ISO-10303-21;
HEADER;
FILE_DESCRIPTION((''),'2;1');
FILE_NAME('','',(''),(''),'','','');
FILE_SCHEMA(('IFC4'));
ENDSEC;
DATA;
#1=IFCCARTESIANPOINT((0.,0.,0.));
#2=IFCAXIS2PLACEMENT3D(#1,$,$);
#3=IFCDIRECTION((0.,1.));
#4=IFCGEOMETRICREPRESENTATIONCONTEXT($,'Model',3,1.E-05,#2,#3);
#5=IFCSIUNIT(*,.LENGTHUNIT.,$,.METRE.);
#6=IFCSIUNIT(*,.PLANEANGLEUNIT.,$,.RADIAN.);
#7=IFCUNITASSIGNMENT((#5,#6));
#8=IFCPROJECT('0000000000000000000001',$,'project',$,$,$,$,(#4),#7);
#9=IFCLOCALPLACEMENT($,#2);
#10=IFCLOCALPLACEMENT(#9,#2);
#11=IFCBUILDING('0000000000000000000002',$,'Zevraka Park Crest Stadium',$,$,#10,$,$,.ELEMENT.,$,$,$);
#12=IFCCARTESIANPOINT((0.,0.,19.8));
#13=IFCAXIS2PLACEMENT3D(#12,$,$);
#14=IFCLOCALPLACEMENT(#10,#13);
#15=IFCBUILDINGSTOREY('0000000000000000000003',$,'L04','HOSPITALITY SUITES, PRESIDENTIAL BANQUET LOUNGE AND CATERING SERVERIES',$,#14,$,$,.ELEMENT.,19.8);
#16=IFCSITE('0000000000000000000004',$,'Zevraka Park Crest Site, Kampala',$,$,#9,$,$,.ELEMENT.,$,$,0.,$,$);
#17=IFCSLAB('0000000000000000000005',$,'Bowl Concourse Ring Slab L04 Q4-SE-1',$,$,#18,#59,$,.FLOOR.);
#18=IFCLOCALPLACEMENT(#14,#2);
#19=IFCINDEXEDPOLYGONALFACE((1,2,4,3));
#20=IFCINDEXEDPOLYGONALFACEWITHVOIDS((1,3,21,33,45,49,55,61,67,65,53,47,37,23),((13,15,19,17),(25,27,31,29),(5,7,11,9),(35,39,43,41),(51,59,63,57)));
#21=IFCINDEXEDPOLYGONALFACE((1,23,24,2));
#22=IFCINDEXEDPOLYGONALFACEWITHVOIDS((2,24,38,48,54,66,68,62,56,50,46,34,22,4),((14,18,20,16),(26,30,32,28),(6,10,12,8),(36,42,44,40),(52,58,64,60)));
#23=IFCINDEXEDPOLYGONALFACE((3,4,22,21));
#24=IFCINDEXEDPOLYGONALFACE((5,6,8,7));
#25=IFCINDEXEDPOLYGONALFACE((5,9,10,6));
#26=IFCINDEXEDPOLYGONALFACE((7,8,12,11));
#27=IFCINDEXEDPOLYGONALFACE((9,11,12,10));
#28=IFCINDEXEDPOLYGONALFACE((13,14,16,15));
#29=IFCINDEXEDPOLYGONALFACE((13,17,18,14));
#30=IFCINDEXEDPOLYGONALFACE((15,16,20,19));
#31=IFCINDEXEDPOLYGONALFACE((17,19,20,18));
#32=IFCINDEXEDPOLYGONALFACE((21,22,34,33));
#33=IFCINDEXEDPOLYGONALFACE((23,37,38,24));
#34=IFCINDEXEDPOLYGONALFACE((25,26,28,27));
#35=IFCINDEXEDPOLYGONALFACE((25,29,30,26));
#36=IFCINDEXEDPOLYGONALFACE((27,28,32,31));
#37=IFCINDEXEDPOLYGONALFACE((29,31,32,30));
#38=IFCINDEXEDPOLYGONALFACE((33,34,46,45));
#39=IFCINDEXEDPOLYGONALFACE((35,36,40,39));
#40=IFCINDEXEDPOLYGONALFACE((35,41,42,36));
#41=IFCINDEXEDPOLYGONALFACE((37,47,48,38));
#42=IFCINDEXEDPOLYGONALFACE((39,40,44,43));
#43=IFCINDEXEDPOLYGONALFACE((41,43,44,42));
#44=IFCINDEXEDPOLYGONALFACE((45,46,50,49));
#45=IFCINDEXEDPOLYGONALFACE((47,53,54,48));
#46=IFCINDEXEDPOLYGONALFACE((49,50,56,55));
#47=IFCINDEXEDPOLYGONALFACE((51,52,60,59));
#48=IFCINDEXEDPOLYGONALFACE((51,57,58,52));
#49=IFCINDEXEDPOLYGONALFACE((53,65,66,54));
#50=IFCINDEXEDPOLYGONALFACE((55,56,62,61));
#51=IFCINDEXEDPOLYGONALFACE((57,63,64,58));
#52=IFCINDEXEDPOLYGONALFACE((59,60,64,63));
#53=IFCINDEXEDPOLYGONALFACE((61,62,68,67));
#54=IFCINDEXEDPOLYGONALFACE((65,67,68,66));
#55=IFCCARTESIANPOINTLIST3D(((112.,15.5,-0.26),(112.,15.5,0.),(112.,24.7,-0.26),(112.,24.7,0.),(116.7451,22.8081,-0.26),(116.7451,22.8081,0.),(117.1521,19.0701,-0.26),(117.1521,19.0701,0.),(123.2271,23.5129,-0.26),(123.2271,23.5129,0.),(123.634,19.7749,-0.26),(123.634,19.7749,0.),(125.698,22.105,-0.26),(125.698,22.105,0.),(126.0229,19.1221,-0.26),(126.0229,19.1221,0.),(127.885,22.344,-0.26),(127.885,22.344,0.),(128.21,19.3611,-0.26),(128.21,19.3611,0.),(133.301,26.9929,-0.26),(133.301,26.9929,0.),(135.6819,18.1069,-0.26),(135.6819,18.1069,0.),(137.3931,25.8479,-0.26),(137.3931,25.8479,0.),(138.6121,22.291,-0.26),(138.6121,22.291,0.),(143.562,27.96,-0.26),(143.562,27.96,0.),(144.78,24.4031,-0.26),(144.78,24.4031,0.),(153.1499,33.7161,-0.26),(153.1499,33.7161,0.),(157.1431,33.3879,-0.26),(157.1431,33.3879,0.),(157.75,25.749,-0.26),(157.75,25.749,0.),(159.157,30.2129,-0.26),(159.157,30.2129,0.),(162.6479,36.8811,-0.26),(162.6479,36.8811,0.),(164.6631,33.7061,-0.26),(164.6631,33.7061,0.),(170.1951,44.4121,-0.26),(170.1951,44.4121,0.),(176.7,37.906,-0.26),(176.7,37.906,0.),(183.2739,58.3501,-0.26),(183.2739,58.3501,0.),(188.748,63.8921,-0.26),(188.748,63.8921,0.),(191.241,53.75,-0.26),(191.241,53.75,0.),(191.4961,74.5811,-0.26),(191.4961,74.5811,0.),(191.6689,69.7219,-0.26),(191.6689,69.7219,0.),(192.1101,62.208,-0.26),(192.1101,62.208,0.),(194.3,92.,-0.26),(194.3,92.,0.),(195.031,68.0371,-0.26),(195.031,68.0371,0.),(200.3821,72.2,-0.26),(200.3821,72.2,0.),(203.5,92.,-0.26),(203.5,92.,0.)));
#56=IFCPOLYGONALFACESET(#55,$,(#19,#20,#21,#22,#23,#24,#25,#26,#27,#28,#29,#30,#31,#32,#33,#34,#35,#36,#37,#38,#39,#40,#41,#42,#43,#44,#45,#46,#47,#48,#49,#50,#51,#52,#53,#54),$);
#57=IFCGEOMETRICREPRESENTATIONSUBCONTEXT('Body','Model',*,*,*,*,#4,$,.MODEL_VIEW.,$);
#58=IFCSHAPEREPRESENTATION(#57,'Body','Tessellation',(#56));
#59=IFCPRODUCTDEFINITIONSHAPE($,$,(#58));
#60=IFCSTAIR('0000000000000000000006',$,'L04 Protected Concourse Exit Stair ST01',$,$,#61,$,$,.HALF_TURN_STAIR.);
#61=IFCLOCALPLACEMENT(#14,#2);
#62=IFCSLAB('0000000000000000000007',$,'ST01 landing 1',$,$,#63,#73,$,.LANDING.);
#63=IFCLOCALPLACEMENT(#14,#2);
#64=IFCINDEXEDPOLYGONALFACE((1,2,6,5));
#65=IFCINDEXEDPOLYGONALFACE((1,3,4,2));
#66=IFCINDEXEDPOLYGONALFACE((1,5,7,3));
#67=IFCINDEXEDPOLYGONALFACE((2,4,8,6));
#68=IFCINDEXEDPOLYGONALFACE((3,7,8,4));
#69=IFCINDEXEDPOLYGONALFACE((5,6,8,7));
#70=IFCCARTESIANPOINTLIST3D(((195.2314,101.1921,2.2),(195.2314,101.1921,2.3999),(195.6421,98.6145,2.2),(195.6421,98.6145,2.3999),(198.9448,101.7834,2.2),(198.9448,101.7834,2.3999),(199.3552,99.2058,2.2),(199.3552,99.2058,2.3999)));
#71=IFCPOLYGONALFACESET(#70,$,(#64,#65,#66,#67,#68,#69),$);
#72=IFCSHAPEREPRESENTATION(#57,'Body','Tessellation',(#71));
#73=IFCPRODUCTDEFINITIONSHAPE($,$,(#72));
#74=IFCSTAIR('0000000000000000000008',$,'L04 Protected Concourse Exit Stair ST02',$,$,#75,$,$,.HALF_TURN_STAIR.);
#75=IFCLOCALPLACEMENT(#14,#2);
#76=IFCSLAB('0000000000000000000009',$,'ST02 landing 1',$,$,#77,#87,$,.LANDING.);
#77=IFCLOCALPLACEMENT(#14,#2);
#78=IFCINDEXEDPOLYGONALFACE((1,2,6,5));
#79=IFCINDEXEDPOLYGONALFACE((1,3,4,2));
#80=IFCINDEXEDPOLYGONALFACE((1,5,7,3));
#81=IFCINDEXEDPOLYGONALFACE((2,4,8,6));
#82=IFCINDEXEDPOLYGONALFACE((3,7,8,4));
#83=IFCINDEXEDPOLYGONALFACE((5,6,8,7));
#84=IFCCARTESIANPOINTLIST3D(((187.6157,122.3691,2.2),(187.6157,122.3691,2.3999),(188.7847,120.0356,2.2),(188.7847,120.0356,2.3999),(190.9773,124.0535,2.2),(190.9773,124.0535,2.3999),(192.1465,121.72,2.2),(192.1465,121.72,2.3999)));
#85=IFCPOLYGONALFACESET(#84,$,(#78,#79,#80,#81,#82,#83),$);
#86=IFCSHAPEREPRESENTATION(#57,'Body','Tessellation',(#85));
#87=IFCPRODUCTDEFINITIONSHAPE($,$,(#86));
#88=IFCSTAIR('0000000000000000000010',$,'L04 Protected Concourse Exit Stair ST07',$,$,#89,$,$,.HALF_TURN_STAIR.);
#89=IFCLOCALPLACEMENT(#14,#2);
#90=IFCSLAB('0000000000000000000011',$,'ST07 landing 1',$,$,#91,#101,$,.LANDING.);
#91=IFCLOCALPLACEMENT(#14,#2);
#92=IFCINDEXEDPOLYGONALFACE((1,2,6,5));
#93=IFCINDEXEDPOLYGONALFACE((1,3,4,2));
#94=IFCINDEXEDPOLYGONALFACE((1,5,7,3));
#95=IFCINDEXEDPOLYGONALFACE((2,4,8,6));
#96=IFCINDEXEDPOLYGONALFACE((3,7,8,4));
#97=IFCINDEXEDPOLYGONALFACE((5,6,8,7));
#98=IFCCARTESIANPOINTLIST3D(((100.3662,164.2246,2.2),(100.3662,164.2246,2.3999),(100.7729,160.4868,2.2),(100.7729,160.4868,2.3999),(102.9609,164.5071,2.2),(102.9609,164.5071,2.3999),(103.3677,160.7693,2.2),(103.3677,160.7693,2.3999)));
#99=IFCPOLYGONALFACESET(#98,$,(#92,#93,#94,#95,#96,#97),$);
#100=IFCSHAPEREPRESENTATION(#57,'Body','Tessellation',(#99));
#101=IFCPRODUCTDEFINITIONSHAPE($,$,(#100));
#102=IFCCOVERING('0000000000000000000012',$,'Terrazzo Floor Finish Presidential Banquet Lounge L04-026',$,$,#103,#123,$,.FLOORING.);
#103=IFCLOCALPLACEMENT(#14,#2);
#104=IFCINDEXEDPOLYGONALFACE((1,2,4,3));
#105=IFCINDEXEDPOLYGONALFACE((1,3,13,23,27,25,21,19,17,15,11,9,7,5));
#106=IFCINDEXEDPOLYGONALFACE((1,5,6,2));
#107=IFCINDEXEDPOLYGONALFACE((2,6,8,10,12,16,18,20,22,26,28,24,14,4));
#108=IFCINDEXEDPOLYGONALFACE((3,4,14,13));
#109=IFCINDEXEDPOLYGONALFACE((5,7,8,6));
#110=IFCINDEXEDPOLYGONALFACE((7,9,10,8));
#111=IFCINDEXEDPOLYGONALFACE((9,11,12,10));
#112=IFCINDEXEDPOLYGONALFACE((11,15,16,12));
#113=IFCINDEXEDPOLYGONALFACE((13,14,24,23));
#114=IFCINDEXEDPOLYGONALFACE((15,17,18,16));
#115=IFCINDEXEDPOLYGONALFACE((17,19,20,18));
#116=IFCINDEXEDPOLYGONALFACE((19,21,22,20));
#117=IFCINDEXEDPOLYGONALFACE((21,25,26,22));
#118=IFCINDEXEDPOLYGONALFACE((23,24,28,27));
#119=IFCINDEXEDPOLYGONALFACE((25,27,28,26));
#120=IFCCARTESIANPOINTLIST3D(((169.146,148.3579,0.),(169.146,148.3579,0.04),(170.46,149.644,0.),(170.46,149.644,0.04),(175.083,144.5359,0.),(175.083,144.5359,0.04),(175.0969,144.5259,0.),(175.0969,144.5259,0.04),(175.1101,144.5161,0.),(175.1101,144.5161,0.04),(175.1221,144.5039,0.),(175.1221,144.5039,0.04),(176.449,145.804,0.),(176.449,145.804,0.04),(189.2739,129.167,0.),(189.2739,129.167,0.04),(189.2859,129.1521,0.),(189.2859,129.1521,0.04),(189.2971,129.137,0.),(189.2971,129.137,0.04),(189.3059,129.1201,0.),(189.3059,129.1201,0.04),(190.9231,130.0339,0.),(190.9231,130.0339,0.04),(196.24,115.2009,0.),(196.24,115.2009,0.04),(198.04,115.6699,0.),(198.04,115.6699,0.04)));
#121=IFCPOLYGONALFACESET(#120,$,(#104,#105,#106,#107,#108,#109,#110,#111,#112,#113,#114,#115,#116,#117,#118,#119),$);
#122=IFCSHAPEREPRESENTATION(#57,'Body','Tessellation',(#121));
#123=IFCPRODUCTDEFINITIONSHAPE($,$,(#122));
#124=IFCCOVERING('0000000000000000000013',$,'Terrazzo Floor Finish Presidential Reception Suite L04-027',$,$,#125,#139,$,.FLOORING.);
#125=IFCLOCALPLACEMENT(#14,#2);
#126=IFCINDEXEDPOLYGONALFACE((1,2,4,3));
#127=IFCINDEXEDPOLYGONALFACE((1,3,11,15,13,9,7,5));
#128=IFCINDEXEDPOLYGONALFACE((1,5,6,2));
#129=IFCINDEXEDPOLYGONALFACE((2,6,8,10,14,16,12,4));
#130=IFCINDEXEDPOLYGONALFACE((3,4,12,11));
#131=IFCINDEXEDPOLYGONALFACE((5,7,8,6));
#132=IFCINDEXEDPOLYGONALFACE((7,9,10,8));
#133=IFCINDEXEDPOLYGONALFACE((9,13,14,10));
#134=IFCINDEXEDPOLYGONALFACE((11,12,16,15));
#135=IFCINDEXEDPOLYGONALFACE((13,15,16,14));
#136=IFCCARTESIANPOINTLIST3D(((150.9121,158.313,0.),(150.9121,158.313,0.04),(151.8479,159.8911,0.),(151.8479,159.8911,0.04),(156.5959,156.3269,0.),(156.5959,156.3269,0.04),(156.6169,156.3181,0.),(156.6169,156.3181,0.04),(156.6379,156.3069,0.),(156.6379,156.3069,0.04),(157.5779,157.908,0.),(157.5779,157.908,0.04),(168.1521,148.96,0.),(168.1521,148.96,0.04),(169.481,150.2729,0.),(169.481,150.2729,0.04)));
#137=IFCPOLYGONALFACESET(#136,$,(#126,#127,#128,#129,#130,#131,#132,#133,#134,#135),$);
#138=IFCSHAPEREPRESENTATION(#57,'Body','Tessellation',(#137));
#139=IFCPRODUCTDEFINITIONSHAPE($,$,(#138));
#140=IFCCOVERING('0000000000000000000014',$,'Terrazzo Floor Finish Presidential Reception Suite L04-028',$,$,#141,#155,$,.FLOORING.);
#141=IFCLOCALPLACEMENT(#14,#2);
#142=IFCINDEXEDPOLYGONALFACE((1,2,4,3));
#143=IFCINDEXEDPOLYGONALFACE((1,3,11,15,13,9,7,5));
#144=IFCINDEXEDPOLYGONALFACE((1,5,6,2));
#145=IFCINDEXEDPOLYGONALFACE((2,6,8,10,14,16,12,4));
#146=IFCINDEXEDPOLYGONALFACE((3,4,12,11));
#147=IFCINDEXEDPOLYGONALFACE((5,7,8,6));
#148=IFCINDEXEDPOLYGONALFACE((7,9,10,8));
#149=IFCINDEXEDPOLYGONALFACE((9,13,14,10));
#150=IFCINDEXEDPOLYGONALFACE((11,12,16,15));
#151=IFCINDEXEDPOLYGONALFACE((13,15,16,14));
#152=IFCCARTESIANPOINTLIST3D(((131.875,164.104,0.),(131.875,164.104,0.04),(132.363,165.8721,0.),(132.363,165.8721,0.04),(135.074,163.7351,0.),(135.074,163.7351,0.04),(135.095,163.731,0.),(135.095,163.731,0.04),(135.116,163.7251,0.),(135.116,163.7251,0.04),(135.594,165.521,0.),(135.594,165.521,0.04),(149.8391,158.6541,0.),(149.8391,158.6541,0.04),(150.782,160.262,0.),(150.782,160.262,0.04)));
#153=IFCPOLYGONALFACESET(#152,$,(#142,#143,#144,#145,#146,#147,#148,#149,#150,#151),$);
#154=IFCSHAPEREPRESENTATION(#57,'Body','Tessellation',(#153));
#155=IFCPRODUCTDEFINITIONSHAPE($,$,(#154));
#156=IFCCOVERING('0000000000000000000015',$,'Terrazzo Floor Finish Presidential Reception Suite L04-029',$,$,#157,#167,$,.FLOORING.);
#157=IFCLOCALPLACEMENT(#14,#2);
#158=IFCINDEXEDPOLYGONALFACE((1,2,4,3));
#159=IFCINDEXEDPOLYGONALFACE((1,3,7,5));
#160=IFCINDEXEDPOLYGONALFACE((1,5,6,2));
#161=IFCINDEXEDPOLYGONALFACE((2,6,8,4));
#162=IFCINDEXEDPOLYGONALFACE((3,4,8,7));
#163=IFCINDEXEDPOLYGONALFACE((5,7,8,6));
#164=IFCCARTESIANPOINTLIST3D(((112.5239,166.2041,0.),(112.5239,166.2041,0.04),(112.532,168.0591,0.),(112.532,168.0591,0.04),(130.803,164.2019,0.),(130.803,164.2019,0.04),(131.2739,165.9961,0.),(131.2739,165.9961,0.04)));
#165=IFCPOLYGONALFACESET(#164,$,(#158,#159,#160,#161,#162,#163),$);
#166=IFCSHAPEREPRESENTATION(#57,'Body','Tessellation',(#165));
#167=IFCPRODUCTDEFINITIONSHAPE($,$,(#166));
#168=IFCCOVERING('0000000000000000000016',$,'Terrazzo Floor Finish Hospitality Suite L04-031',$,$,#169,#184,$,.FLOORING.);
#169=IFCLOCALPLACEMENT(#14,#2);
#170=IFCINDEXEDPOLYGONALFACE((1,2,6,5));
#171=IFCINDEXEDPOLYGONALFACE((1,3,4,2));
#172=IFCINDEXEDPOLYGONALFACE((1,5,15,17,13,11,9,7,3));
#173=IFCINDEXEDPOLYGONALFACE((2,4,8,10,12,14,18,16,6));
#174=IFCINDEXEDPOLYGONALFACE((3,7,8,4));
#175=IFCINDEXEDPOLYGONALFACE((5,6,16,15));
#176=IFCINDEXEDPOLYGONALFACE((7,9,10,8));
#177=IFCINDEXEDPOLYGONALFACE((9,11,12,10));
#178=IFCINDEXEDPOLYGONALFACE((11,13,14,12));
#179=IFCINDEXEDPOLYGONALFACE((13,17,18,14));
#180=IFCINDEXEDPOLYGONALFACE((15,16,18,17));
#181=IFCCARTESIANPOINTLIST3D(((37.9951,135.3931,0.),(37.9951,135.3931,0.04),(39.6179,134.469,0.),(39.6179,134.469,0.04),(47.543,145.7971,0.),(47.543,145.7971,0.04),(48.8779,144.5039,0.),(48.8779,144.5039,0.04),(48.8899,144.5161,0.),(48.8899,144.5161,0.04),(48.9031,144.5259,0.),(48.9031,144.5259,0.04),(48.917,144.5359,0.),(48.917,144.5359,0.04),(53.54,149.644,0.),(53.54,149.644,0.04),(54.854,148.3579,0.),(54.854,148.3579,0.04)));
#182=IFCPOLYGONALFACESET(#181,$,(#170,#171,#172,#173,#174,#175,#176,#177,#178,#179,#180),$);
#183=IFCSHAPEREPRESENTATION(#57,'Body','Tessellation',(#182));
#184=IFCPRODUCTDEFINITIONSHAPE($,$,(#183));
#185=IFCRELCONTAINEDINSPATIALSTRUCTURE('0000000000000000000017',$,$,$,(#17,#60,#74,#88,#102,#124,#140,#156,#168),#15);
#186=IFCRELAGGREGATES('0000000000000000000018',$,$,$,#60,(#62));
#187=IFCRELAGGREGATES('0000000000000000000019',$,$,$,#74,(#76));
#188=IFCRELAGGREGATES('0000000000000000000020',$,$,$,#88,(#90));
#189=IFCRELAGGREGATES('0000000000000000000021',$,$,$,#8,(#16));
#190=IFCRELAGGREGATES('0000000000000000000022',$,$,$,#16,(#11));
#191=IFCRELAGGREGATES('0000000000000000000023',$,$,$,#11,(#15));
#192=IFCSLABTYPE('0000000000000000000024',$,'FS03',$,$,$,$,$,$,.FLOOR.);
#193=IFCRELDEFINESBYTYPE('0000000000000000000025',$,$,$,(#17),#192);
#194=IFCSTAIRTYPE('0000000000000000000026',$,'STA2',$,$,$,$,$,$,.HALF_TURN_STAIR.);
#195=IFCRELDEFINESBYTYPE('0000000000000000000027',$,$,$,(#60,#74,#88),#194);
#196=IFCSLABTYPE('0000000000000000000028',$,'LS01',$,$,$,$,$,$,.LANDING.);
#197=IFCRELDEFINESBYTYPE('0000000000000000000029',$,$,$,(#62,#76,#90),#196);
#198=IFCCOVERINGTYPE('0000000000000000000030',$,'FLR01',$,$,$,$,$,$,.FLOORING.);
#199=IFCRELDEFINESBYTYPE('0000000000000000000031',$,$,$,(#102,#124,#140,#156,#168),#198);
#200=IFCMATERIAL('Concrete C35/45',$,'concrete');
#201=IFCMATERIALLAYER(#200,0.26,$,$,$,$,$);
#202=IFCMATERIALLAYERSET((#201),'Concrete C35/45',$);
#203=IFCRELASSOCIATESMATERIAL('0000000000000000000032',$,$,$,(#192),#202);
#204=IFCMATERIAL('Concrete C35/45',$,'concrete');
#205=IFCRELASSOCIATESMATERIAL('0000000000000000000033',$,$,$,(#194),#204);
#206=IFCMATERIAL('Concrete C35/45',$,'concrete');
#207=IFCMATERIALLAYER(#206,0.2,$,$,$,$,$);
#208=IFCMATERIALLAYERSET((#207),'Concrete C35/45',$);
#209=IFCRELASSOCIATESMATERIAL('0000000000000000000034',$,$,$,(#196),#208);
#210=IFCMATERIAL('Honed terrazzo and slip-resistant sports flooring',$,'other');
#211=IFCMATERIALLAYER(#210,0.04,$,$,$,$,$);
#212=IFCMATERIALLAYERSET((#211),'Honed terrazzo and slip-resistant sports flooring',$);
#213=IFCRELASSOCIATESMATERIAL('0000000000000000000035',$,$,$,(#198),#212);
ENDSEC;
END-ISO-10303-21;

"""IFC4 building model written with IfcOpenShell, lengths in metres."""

from ifc_helpers import new_model, si_unit, direction, frame, origin, place, context, subcontext, project, spatial, polyline, outline, extrude, material, layer, layer_set, type_object, element, aggregate, save


model = new_model("IFC4")

# Units and contexts
model_context = context("Model", 3, precision=1e-05, world=origin(), true_north=direction((0.0, 1.0)))
body_context = subcontext(model_context, "Body", "Model", "MODEL_VIEW")
ifc_project = project(units=[si_unit("LENGTHUNIT", "METRE"), si_unit("PLANEANGLEUNIT", "RADIAN")], contexts=[model_context])

# Site, building, storey
site_placement = place(None, origin())
site = spatial("IfcSite", under=ifc_project, at=site_placement, Name="Zevraka Park Crest Site, Kampala", CompositionType="ELEMENT", RefElevation=0.0)
building_placement = place(site_placement, origin())
building = spatial("IfcBuilding", under=site, at=building_placement, Name="Zevraka Park Crest Stadium", CompositionType="ELEMENT")
storey_placement = place(building_placement, frame((0.0, 0.0, 19.8)))
storey = spatial("IfcBuildingStorey", under=building, at=storey_placement, Name="L04", Description="HOSPITALITY SUITES, PRESIDENTIAL BANQUET LOUNGE AND CATERING SERVERIES", CompositionType="ELEMENT", Elevation=19.8)

# Slab
ifc_material_1 = material(Name="Concrete C35/45", Category="concrete")
ifc_layer_1 = layer(ifc_material_1, 0.26)
ifc_layer_set_1 = layer_set([ifc_layer_1], Name="Concrete C35/45")
slab_type_1 = type_object("IfcSlabType", Name="FS03", PredefinedType="FLOOR", material=ifc_layer_set_1)
slab_1_placement = place(storey_placement, frame((0.0, 0.0, -0.26)))
element("IfcSlab", 1, at=slab_1_placement, inside=storey, type_object=slab_type_1, Name="Bowl Concourse Ring Slab L04 Q4-SE-1", PredefinedType="FLOOR", context=body_context, shape_type="SweptSolid", body=[
    extrude(outline(polyline([(133.301, 26.9929), (153.1499, 33.7161), (170.1951, 44.4121), (183.2739, 58.3501), (191.4961, 74.5811), (194.3, 92.0), (203.5, 92.0), (200.3821, 72.2), (191.241, 53.75), (176.7, 37.906), (157.75, 25.749), (135.6819, 18.1069), (112.0, 15.5), (112.0, 24.7), (133.301, 26.9929)]), holes=[polyline([(125.698, 22.105), (126.0229, 19.1221), (128.21, 19.3611), (127.885, 22.344), (125.698, 22.105)]), polyline([(116.7451, 22.8081), (117.1521, 19.0701), (123.634, 19.7749), (123.2271, 23.5129), (116.7451, 22.8081)]), polyline([(137.3931, 25.8479), (138.6121, 22.291), (144.78, 24.4031), (143.562, 27.96), (137.3931, 25.8479)]), polyline([(162.6479, 36.8811), (157.1431, 33.3879), (159.157, 30.2129), (164.6631, 33.7061), (162.6479, 36.8811)]), polyline([(191.6689, 69.7219), (188.748, 63.8921), (192.1101, 62.208), (195.031, 68.0371), (191.6689, 69.7219)])]), origin(), (0.0, 0.0, 1.0), 0.26),
])

# Stairs, slabs
ifc_material_2 = material(Name="Concrete C35/45", Category="concrete")
stair_type = type_object("IfcStairType", Name="STA2", PredefinedType="HALF_TURN_STAIR", material=ifc_material_2)
stair_1_placement = place(storey_placement, origin())
stair_1 = element("IfcStair", 2, at=stair_1_placement, inside=storey, type_object=stair_type, Name="L04 Protected Concourse Exit Stair ST01", PredefinedType="HALF_TURN_STAIR")
ifc_material_3 = material(Name="Concrete C35/45", Category="concrete")
ifc_layer_2 = layer(ifc_material_3, 0.2)
ifc_layer_set_2 = layer_set([ifc_layer_2], Name="Concrete C35/45")
slab_type_2 = type_object("IfcSlabType", Name="LS01", PredefinedType="LANDING", material=ifc_layer_set_2)
slab_2_placement = place(storey_placement, frame((0.0, 0.0, 2.2)))
slab_2 = element("IfcSlab", 3, at=slab_2_placement, type_object=slab_type_2, Name="ST01 landing 1", PredefinedType="LANDING", context=body_context, shape_type="SweptSolid", body=[
    extrude(outline(polyline([(199.3552, 99.2058), (198.9448, 101.7834), (195.2314, 101.1921), (195.6421, 98.6145), (199.3552, 99.2058)])), origin(), (0.0, 0.0, 1.0), 0.2),
])
aggregate(stair_1, [slab_2])
stair_2_placement = place(storey_placement, origin())
stair_2 = element("IfcStair", 4, at=stair_2_placement, inside=storey, type_object=stair_type, Name="L04 Protected Concourse Exit Stair ST02", PredefinedType="HALF_TURN_STAIR")
slab_3_placement = place(storey_placement, frame((0.0, 0.0, 2.2)))
slab_3 = element("IfcSlab", 5, at=slab_3_placement, type_object=slab_type_2, Name="ST02 landing 1", PredefinedType="LANDING", context=body_context, shape_type="SweptSolid", body=[
    extrude(outline(polyline([(192.1465, 121.72), (190.9773, 124.0535), (187.6157, 122.3691), (188.7847, 120.0356), (192.1465, 121.72)])), origin(), (0.0, 0.0, 1.0), 0.2),
])
aggregate(stair_2, [slab_3])
stair_3_placement = place(storey_placement, origin())
stair_3 = element("IfcStair", 6, at=stair_3_placement, inside=storey, type_object=stair_type, Name="L04 Protected Concourse Exit Stair ST07", PredefinedType="HALF_TURN_STAIR")
slab_4_placement = place(storey_placement, frame((0.0, 0.0, 2.2)))
slab_4 = element("IfcSlab", 7, at=slab_4_placement, type_object=slab_type_2, Name="ST07 landing 1", PredefinedType="LANDING", context=body_context, shape_type="SweptSolid", body=[
    extrude(outline(polyline([(102.9609, 164.5071), (100.3662, 164.2246), (100.7729, 160.4868), (103.3677, 160.7693), (102.9609, 164.5071)])), origin(), (0.0, 0.0, 1.0), 0.2),
])
aggregate(stair_3, [slab_4])

# Coverings
ifc_material_4 = material(Name="Honed terrazzo and slip-resistant sports flooring", Category="other")
ifc_layer_3 = layer(ifc_material_4, 0.04)
ifc_layer_set_3 = layer_set([ifc_layer_3], Name="Honed terrazzo and slip-resistant sports flooring")
covering_type = type_object("IfcCoveringType", Name="FLR01", PredefinedType="FLOORING", material=ifc_layer_set_3)
covering_1_placement = place(storey_placement, origin())
element("IfcCovering", 8, at=covering_1_placement, inside=storey, type_object=covering_type, Name="Terrazzo Floor Finish Presidential Banquet Lounge L04-026", PredefinedType="FLOORING", context=body_context, shape_type="SweptSolid", body=[
    extrude(outline(polyline([(176.449, 145.804), (190.9231, 130.0339), (198.04, 115.6699), (196.24, 115.2009), (189.3059, 129.1201), (189.2971, 129.137), (189.2859, 129.1521), (189.2739, 129.167), (175.1221, 144.5039), (175.1101, 144.5161), (175.0969, 144.5259), (175.083, 144.5359), (169.146, 148.3579), (170.46, 149.644), (176.449, 145.804)])), origin(), (0.0, 0.0, 1.0), 0.04),
])
covering_2_placement = place(storey_placement, origin())
element("IfcCovering", 9, at=covering_2_placement, inside=storey, type_object=covering_type, Name="Terrazzo Floor Finish Presidential Reception Suite L04-027", PredefinedType="FLOORING", context=body_context, shape_type="SweptSolid", body=[
    extrude(outline(polyline([(157.5779, 157.908), (169.481, 150.2729), (168.1521, 148.96), (156.6379, 156.3069), (156.6169, 156.3181), (156.5959, 156.3269), (150.9121, 158.313), (151.8479, 159.8911), (157.5779, 157.908)])), origin(), (0.0, 0.0, 1.0), 0.04),
])
covering_3_placement = place(storey_placement, origin())
element("IfcCovering", 10, at=covering_3_placement, inside=storey, type_object=covering_type, Name="Terrazzo Floor Finish Presidential Reception Suite L04-028", PredefinedType="FLOORING", context=body_context, shape_type="SweptSolid", body=[
    extrude(outline(polyline([(135.594, 165.521), (150.782, 160.262), (149.8391, 158.6541), (135.116, 163.7251), (135.095, 163.731), (135.074, 163.7351), (131.875, 164.104), (132.363, 165.8721), (135.594, 165.521)])), origin(), (0.0, 0.0, 1.0), 0.04),
])
covering_4_placement = place(storey_placement, origin())
element("IfcCovering", 11, at=covering_4_placement, inside=storey, type_object=covering_type, Name="Terrazzo Floor Finish Presidential Reception Suite L04-029", PredefinedType="FLOORING", context=body_context, shape_type="SweptSolid", body=[
    extrude(outline(polyline([(112.532, 168.0591), (131.2739, 165.9961), (130.803, 164.2019), (112.5239, 166.2041), (112.532, 168.0591)])), origin(), (0.0, 0.0, 1.0), 0.04),
])
covering_5_placement = place(storey_placement, origin())
element("IfcCovering", 12, at=covering_5_placement, inside=storey, type_object=covering_type, Name="Terrazzo Floor Finish Hospitality Suite L04-031", PredefinedType="FLOORING", context=body_context, shape_type="SweptSolid", body=[
    extrude(outline(polyline([(37.9951, 135.3931), (47.543, 145.7971), (53.54, 149.644), (54.854, 148.3579), (48.917, 144.5359), (48.9031, 144.5259), (48.8899, 144.5161), (48.8779, 144.5039), (39.6179, 134.469), (37.9951, 135.3931)])), origin(), (0.0, 0.0, 1.0), 0.04),
])

save(model, "model.ifc")
